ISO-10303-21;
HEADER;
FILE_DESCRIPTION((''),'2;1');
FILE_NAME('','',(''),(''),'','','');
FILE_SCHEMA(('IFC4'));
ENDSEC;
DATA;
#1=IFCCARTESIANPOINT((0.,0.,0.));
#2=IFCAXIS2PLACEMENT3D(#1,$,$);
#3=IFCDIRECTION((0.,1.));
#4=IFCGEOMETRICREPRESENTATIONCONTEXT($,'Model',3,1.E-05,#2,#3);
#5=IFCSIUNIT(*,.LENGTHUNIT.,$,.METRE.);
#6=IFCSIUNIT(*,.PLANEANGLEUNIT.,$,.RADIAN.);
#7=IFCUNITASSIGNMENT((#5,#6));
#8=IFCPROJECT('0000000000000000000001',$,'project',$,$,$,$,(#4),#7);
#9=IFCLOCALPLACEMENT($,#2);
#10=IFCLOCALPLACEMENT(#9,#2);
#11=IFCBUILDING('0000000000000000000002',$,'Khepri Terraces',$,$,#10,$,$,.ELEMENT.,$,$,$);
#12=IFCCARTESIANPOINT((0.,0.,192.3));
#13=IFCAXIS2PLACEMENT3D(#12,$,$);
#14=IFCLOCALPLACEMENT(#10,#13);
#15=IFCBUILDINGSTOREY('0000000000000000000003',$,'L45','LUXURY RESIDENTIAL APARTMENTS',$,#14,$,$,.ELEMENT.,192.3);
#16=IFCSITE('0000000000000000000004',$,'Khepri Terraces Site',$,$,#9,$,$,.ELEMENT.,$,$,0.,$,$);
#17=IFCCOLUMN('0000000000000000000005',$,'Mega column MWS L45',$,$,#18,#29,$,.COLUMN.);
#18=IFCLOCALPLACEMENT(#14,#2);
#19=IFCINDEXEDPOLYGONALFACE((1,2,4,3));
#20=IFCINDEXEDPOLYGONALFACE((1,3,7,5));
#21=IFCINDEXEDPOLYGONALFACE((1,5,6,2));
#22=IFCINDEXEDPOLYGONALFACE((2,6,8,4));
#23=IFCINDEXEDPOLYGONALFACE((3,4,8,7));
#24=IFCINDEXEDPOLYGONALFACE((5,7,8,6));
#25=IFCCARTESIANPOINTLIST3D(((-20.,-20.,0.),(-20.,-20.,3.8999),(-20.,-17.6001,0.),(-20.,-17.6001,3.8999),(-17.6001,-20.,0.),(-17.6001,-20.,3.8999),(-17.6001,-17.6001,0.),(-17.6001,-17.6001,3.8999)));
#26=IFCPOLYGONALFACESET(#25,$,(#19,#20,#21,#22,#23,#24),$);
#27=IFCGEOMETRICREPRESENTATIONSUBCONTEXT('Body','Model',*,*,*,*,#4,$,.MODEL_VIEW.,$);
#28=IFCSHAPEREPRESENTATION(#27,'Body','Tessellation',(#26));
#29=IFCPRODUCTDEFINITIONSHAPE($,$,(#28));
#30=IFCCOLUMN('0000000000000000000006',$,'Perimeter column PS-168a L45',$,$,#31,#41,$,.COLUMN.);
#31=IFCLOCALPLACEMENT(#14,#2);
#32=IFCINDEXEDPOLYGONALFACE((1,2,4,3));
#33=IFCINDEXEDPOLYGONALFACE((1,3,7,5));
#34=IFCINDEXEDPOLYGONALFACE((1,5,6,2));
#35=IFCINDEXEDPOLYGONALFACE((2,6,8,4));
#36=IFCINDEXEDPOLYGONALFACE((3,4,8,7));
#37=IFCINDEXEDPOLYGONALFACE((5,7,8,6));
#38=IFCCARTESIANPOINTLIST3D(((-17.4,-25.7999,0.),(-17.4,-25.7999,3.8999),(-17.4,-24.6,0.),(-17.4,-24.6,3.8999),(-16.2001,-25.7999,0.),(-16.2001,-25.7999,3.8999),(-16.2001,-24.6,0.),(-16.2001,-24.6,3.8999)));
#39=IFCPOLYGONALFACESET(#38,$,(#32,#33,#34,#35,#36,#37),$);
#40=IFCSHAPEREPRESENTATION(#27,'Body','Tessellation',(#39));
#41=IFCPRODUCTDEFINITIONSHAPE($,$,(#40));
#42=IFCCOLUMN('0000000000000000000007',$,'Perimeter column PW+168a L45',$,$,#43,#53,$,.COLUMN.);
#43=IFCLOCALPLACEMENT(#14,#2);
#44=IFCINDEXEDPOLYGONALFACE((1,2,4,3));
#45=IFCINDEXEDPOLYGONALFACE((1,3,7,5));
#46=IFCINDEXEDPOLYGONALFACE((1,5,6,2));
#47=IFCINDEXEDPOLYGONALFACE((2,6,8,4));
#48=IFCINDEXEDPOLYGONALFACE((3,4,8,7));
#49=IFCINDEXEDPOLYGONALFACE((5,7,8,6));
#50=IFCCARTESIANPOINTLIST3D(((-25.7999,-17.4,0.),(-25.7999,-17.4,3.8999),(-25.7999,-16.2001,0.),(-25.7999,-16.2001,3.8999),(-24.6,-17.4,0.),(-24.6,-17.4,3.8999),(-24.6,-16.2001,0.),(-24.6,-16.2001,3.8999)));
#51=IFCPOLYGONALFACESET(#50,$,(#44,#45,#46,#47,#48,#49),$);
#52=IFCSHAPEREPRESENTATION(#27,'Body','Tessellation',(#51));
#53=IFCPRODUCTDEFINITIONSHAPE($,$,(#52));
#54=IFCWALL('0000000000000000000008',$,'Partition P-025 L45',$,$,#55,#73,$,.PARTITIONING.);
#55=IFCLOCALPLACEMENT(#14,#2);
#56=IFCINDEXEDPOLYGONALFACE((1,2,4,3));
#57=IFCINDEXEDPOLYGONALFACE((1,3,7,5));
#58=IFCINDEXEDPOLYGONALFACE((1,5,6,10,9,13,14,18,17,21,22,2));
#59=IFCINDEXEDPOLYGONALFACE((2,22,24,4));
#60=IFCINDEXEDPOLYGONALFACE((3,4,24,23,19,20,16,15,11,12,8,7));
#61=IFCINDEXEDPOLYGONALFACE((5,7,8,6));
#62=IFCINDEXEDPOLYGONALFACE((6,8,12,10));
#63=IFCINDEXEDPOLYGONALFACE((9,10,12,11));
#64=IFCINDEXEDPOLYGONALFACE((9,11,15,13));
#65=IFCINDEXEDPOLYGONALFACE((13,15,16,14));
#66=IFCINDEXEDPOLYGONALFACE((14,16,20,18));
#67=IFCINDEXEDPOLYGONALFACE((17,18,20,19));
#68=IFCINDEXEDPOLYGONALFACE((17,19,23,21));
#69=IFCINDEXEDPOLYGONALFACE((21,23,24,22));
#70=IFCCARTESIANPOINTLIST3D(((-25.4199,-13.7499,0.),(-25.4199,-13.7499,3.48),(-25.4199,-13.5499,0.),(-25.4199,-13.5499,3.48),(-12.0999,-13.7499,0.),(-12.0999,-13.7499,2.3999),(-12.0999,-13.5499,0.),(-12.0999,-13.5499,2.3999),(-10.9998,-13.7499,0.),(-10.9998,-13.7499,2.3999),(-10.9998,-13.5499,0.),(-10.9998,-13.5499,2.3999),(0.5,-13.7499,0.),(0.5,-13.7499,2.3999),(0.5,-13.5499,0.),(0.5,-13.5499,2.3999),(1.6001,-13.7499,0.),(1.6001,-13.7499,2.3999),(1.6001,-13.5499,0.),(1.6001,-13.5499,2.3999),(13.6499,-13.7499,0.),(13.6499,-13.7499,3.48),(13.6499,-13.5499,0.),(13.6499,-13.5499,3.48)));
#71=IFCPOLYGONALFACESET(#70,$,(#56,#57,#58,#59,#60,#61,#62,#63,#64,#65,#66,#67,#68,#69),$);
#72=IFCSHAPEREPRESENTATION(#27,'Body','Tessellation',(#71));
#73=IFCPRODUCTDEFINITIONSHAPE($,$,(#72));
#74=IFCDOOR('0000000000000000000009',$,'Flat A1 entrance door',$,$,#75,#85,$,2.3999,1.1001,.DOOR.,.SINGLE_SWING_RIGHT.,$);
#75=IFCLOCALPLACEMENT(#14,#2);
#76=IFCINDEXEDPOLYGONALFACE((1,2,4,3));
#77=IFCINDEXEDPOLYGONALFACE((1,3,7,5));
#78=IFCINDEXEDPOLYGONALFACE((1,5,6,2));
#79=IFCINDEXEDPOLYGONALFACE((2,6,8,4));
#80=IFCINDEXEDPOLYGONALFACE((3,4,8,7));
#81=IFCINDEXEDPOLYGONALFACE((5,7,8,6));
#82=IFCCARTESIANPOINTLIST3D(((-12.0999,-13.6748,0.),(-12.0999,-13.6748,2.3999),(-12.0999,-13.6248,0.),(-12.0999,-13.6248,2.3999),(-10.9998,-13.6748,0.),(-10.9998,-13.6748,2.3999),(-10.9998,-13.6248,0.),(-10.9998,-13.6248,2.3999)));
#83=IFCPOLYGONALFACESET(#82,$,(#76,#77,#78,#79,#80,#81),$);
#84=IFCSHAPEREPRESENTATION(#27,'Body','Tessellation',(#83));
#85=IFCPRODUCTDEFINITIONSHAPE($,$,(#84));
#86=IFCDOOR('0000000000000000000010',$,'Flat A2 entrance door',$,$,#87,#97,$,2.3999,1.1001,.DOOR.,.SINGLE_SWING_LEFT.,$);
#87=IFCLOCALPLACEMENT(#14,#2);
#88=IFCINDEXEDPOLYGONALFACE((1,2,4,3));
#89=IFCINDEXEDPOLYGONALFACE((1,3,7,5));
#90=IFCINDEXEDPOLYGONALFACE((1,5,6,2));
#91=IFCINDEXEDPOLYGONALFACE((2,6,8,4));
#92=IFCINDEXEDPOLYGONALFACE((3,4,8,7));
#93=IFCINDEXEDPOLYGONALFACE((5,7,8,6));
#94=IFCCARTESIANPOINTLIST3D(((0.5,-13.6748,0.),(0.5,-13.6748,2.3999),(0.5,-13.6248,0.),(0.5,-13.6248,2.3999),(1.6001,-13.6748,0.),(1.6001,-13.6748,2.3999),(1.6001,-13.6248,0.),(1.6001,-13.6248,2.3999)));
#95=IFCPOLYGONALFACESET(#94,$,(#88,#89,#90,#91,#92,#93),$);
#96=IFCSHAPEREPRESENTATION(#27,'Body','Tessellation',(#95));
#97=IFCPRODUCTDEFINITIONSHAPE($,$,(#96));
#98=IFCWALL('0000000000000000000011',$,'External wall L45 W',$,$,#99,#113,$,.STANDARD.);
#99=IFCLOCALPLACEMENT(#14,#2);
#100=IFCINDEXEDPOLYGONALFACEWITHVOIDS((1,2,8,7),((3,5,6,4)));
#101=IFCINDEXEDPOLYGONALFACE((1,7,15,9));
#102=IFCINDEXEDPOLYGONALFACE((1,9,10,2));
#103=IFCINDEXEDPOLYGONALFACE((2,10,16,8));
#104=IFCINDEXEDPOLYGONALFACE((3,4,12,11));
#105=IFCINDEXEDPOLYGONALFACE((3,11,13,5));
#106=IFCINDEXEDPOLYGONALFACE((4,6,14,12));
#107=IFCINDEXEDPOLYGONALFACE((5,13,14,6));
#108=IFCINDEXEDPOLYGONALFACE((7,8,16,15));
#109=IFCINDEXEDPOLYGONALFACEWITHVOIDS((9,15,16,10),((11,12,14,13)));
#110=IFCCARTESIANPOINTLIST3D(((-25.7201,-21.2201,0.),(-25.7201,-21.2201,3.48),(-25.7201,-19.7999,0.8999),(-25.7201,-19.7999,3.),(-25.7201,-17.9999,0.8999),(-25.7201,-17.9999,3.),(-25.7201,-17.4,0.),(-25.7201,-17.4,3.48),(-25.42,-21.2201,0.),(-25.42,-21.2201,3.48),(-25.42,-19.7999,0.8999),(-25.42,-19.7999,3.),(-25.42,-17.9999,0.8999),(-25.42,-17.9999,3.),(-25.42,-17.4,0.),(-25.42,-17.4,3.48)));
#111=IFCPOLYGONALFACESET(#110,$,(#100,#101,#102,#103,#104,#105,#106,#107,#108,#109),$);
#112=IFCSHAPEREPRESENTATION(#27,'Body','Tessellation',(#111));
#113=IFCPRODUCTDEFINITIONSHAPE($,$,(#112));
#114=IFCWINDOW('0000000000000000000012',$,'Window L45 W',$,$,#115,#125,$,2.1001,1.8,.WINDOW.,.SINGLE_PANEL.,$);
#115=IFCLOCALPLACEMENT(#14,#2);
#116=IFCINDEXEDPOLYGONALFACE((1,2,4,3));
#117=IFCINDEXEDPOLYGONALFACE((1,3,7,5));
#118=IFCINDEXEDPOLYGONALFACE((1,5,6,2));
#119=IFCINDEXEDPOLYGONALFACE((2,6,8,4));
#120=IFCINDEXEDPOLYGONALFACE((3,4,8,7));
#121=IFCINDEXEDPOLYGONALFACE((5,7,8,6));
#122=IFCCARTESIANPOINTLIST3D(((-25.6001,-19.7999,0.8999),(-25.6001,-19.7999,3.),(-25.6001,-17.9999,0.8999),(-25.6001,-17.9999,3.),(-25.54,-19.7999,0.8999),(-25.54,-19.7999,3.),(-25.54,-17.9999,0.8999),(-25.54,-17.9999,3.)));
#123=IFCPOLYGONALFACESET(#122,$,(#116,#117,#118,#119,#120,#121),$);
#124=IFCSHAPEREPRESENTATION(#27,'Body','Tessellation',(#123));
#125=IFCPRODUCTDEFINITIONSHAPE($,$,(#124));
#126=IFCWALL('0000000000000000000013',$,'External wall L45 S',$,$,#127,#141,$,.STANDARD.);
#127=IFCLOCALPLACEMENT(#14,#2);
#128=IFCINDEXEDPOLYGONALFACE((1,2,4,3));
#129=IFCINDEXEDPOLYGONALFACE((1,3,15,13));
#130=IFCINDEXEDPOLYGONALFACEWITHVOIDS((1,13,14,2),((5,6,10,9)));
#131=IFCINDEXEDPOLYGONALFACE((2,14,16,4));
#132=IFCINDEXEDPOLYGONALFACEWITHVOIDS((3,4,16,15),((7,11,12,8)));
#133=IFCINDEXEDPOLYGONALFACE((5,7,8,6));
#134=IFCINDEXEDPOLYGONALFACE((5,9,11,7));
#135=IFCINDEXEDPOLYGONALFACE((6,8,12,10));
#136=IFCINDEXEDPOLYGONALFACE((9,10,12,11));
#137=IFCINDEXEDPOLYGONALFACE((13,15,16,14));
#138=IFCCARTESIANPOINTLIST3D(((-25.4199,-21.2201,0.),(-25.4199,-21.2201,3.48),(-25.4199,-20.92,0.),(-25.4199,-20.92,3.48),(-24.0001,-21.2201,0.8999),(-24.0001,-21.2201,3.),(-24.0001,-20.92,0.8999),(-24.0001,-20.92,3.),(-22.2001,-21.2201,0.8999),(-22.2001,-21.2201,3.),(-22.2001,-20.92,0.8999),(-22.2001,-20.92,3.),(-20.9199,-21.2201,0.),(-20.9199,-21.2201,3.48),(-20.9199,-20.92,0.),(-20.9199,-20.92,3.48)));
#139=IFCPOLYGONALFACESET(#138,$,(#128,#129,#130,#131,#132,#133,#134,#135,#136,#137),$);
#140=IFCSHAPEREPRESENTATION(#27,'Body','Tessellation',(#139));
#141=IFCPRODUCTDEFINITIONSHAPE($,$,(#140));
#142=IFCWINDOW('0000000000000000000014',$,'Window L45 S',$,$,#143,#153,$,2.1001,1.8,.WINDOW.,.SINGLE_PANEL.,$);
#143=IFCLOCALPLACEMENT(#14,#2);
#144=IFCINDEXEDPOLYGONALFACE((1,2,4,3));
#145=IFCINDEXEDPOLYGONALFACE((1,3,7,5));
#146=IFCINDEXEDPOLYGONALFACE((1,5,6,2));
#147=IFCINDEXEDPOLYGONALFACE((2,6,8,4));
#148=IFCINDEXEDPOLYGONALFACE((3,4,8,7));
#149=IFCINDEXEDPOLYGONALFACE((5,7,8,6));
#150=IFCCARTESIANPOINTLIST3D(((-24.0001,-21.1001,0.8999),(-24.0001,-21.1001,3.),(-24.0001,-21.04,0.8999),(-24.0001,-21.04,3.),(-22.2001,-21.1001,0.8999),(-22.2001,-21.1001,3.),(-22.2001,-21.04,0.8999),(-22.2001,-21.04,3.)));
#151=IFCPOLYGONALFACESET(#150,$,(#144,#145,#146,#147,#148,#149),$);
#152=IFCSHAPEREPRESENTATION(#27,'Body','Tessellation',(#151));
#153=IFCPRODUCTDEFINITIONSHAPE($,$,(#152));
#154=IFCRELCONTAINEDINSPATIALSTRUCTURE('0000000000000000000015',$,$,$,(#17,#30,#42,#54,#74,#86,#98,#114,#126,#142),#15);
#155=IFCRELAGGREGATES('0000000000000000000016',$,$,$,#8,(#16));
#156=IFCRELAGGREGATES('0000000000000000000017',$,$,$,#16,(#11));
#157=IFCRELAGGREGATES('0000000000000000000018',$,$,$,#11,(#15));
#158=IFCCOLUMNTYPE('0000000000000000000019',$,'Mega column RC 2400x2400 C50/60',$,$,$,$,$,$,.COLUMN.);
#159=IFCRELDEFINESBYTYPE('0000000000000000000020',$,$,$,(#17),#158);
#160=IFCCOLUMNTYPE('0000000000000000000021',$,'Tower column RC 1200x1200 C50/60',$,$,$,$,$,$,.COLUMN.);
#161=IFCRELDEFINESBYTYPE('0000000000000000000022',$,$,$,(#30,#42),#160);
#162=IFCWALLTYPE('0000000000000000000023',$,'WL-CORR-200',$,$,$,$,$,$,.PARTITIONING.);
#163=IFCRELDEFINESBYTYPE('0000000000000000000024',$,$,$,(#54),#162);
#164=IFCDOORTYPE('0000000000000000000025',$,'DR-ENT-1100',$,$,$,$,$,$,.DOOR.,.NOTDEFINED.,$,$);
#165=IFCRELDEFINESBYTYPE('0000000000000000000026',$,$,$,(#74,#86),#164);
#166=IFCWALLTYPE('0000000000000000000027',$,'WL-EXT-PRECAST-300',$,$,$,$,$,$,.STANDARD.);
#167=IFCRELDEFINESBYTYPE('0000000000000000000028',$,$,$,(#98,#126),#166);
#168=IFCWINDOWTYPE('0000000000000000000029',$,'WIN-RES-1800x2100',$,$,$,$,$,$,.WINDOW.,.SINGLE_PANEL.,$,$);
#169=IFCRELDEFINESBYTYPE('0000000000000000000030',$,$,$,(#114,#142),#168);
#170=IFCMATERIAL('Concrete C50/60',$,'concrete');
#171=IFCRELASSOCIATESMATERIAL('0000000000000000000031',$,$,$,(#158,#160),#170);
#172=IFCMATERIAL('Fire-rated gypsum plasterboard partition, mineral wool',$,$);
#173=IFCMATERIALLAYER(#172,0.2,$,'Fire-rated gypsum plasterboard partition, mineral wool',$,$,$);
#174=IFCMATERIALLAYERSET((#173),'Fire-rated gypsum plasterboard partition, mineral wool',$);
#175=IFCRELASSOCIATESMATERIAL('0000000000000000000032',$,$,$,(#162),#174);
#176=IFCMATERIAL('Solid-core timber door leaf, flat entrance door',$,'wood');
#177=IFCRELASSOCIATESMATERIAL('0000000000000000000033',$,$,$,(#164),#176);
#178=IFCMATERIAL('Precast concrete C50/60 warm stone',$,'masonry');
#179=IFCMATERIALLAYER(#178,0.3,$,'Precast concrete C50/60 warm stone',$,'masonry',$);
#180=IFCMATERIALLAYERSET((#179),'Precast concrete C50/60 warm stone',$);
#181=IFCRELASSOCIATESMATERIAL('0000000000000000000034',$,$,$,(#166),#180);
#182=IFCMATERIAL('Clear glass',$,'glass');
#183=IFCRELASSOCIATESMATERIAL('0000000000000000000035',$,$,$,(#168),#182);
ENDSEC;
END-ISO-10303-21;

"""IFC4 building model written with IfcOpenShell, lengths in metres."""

from ifc_helpers import new_model, si_unit, direction, frame, frame_2d, origin, origin_2d, place, context, subcontext, project, spatial, rectangle, extrude, material, layer, layer_set, material_profile, profile_set, type_object, element, fill, save


model = new_model("IFC4")

# Units and contexts
model_context = context("Model", 3, precision=1e-05, world=origin(), true_north=direction((0.0, 1.0)))
body_context = subcontext(model_context, "Body", "Model", "MODEL_VIEW")
ifc_project = project(units=[si_unit("LENGTHUNIT", "METRE"), si_unit("PLANEANGLEUNIT", "RADIAN")], contexts=[model_context])

# Site, building, storey
site_placement = place(None, origin())
site = spatial("IfcSite", under=ifc_project, at=site_placement, Name="Khepri Terraces Site", CompositionType="ELEMENT", RefElevation=0.0)
building_placement = place(site_placement, origin())
building = spatial("IfcBuilding", under=site, at=building_placement, Name="Khepri Terraces", CompositionType="ELEMENT")
storey_placement = place(building_placement, frame((0.0, 0.0, 192.3)))
storey = spatial("IfcBuildingStorey", under=building, at=storey_placement, Name="L45", Description="LUXURY RESIDENTIAL APARTMENTS", CompositionType="ELEMENT", Elevation=192.3)

# Columns
ifc_material_1 = material(Name="Concrete C50/60", Category="concrete")
ifc_material_profile_1 = material_profile(ifc_material_1, rectangle(XDim=2.3999, YDim=2.3999, at=origin_2d()), Name="Concrete C50/60", Category="concrete")
ifc_profile_set_1 = profile_set([ifc_material_profile_1], Name="Concrete C50/60")
column_type_1 = type_object("IfcColumnType", Name="Mega column RC 2400x2400 C50/60", PredefinedType="COLUMN", material=ifc_profile_set_1)
column_placement = place(storey_placement, frame((-18.8, -18.8, 0.0), z_axis=(0.0, 0.0, 1.0), x_axis=(1.0, 0.0, 0.0)))
element("IfcColumn", 1, at=column_placement, inside=storey, type_object=column_type_1, Name="Mega column MWS L45", PredefinedType="COLUMN", context=body_context, shape_type="SweptSolid", body=[
    extrude(rectangle(XDim=2.3999, YDim=2.3999, at=origin_2d()), origin(), (0.0, 0.0, 1.0), 3.8999),
])
ifc_material_profile_2 = material_profile(ifc_material_1, rectangle(XDim=1.2, YDim=1.2, at=origin_2d()), Name="Concrete C50/60", Category="concrete")
ifc_profile_set_2 = profile_set([ifc_material_profile_2], Name="Concrete C50/60")
column_type_2 = type_object("IfcColumnType", Name="Tower column RC 1200x1200 C50/60", PredefinedType="COLUMN", material=ifc_profile_set_2)
for number, where, z_axis, x_axis, name in (
    (2, (-16.8, -25.2, 0.0), (0.0, 0.0, 1.0), (1.0, 0.0, 0.0), "Perimeter column PS-168a L45"),
    (3, (-25.2, -16.8, 0.0), (0.0, 0.0, 1.0), (1.0, 0.0, 0.0), "Perimeter column PW+168a L45"),
):
    element("IfcColumn", number, at=place(storey_placement, frame(where, z_axis=z_axis, x_axis=x_axis)), inside=storey, type_object=column_type_2, Name=name, PredefinedType="COLUMN", context=body_context, shape_type="SweptSolid", body=[
        extrude(rectangle(XDim=1.2, YDim=1.2, at=origin_2d()), origin(), (0.0, 0.0, 1.0), 3.8999),
    ])

# Wall, openings, doors
ifc_material_2 = material(Name="Fire-rated gypsum plasterboard partition, mineral wool")
ifc_layer_1 = layer(ifc_material_2, 0.2, Name="Fire-rated gypsum plasterboard partition, mineral wool")
ifc_layer_set_1 = layer_set([ifc_layer_1], Name="Fire-rated gypsum plasterboard partition, mineral wool")
wall_type_1 = type_object("IfcWallType", Name="WL-CORR-200", PredefinedType="PARTITIONING", material=ifc_layer_set_1)
wall_1_placement = place(storey_placement, frame((-25.4199, -13.6499, 0.0), z_axis=(0.0, 0.0, 1.0), x_axis=(1.0, 0.0, 0.0)))
wall_1 = element("IfcWall", 4, at=wall_1_placement, inside=storey, type_object=wall_type_1, Name="Partition P-025 L45", PredefinedType="PARTITIONING", context=body_context, shape_type="SweptSolid", body=[
    extrude(rectangle(XDim=39.0698, YDim=0.2, at=frame_2d((19.5349, 0.0))), origin(), (0.0, 0.0, 1.0), 3.48),
])
opening_1_placement = place(wall_1_placement, frame((13.3201, 0.0, 0.0)))
opening_1 = element("IfcOpeningElement", 5, at=opening_1_placement, cuts=wall_1, PredefinedType="OPENING", context=body_context, shape_type="SweptSolid", body=[
    extrude(rectangle(XDim=1.1001, YDim=2.3999, at=frame_2d((0.55, 1.2))), frame((0.0, 0.1099, 0.0), z_axis=(0.0, -1.0, 0.0), x_axis=(1.0, 0.0, 0.0)), (0.0, 0.0, 1.0), 0.22),
])
opening_2_placement = place(wall_1_placement, frame((25.9199, 0.0, 0.0)))
opening_2 = element("IfcOpeningElement", 6, at=opening_2_placement, cuts=wall_1, PredefinedType="OPENING", context=body_context, shape_type="SweptSolid", body=[
    extrude(rectangle(XDim=1.1001, YDim=2.3999, at=frame_2d((0.55, 1.2))), frame((0.0, 0.1099, 0.0), z_axis=(0.0, -1.0, 0.0), x_axis=(1.0, 0.0, 0.0)), (0.0, 0.0, 1.0), 0.22),
])
ifc_material_3 = material(Name="Solid-core timber door leaf, flat entrance door", Category="wood")
door_type_1 = type_object("IfcDoorType", Name="DR-ENT-1100", OperationType="NOTDEFINED", PredefinedType="DOOR", material=ifc_material_3)
door_1_placement = place(opening_1_placement, frame((1.1001, 0.0, 0.0), z_axis=(0.0, 0.0, 1.0), x_axis=(-1.0, 0.0, 0.0)))
door_1 = element("IfcDoor", 7, at=door_1_placement, inside=storey, type_object=door_type_1, Name="Flat A1 entrance door", OperationType="SINGLE_SWING_RIGHT", OverallHeight=2.3999, OverallWidth=1.1001, PredefinedType="DOOR", context=body_context, shape_type="SweptSolid", body=[
    extrude(rectangle(XDim=1.1001, YDim=2.3999, at=frame_2d((0.55, 1.2))), frame((0.0, 0.0249, 0.0), z_axis=(0.0, -1.0, 0.0), x_axis=(1.0, 0.0, 0.0)), (0.0, 0.0, 1.0), 0.05),
])
fill(opening_1, door_1)
door_2_placement = place(opening_2_placement, frame((1.1001, 0.0, 0.0), z_axis=(0.0, 0.0, 1.0), x_axis=(-1.0, 0.0, 0.0)))
door_2 = element("IfcDoor", 8, at=door_2_placement, inside=storey, type_object=door_type_1, Name="Flat A2 entrance door", OperationType="SINGLE_SWING_LEFT", OverallHeight=2.3999, OverallWidth=1.1001, PredefinedType="DOOR", context=body_context, shape_type="SweptSolid", body=[
    extrude(rectangle(XDim=1.1001, YDim=2.3999, at=frame_2d((0.55, 1.2))), frame((0.0, 0.0249, 0.0), z_axis=(0.0, -1.0, 0.0), x_axis=(1.0, 0.0, 0.0)), (0.0, 0.0, 1.0), 0.05),
])
fill(opening_2, door_2)

# Walls, openings, windows
ifc_material_4 = material(Name="Precast concrete C50/60 warm stone", Category="masonry")
ifc_layer_2 = layer(ifc_material_4, 0.3, Name="Precast concrete C50/60 warm stone", Category="masonry")
ifc_layer_set_2 = layer_set([ifc_layer_2], Name="Precast concrete C50/60 warm stone")
wall_type_2 = type_object("IfcWallType", Name="WL-EXT-PRECAST-300", PredefinedType="STANDARD", material=ifc_layer_set_2)
wall_2_placement = place(storey_placement, frame((-25.5701, -17.3999, 0.0), z_axis=(0.0, 0.0, 1.0), x_axis=(0.0, -1.0, 0.0)))
wall_2 = element("IfcWall", 9, at=wall_2_placement, inside=storey, type_object=wall_type_2, Name="External wall L45 W", PredefinedType="STANDARD", context=body_context, shape_type="SweptSolid", body=[
    extrude(rectangle(XDim=3.8201, YDim=0.3, at=frame_2d((1.9102, 0.0))), origin(), (0.0, 0.0, 1.0), 3.48),
])
opening_3_placement = place(wall_2_placement, frame((0.6001, 0.0, 0.8999)))
opening_3 = element("IfcOpeningElement", 10, at=opening_3_placement, cuts=wall_2, PredefinedType="OPENING", context=body_context, shape_type="SweptSolid", body=[
    extrude(rectangle(XDim=1.8, YDim=2.1001, at=frame_2d((0.8999, 1.05))), frame((0.0, 0.1602, 0.0), z_axis=(0.0, -1.0, 0.0), x_axis=(1.0, 0.0, 0.0)), (0.0, 0.0, 1.0), 0.3201),
])
ifc_material_5 = material(Name="Clear glass", Category="glass")
window_type = type_object("IfcWindowType", Name="WIN-RES-1800x2100", PartitioningType="SINGLE_PANEL", PredefinedType="WINDOW", material=ifc_material_5)
window_1_placement = place(opening_3_placement, origin())
window_1 = element("IfcWindow", 11, at=window_1_placement, inside=storey, type_object=window_type, Name="Window L45 W", OverallHeight=2.1001, OverallWidth=1.8, PartitioningType="SINGLE_PANEL", PredefinedType="WINDOW", context=body_context, shape_type="SweptSolid", body=[
    extrude(rectangle(XDim=1.8, YDim=2.1001, at=frame_2d((0.8999, 1.05))), frame((0.0, 0.03, 0.0), z_axis=(0.0, -1.0, 0.0), x_axis=(1.0, 0.0, 0.0)), (0.0, 0.0, 1.0), 0.0601),
])
fill(opening_3, window_1)
wall_3_placement = place(storey_placement, frame((-25.4199, -21.0701, 0.0), z_axis=(0.0, 0.0, 1.0), x_axis=(1.0, 0.0, 0.0)))
wall_3 = element("IfcWall", 12, at=wall_3_placement, inside=storey, type_object=wall_type_2, Name="External wall L45 S", PredefinedType="STANDARD", context=body_context, shape_type="SweptSolid", body=[
    extrude(rectangle(XDim=4.5, YDim=0.3, at=frame_2d((2.25, 0.0))), origin(), (0.0, 0.0, 1.0), 3.48),
])
opening_4_placement = place(wall_3_placement, frame((1.4199, 0.0, 0.8999)))
opening_4 = element("IfcOpeningElement", 13, at=opening_4_placement, cuts=wall_3, PredefinedType="OPENING", context=body_context, shape_type="SweptSolid", body=[
    extrude(rectangle(XDim=1.8, YDim=2.1001, at=frame_2d((0.8999, 1.05))), frame((0.0, 0.1602, 0.0), z_axis=(0.0, -1.0, 0.0), x_axis=(1.0, 0.0, 0.0)), (0.0, 0.0, 1.0), 0.3201),
])
window_2_placement = place(opening_4_placement, origin())
window_2 = element("IfcWindow", 14, at=window_2_placement, inside=storey, type_object=window_type, Name="Window L45 S", OverallHeight=2.1001, OverallWidth=1.8, PartitioningType="SINGLE_PANEL", PredefinedType="WINDOW", context=body_context, shape_type="SweptSolid", body=[
    extrude(rectangle(XDim=1.8, YDim=2.1001, at=frame_2d((0.8999, 1.05))), frame((0.0, 0.03, 0.0), z_axis=(0.0, -1.0, 0.0), x_axis=(1.0, 0.0, 0.0)), (0.0, 0.0, 1.0), 0.0601),
])
fill(opening_4, window_2)

save(model, "model.ifc")
